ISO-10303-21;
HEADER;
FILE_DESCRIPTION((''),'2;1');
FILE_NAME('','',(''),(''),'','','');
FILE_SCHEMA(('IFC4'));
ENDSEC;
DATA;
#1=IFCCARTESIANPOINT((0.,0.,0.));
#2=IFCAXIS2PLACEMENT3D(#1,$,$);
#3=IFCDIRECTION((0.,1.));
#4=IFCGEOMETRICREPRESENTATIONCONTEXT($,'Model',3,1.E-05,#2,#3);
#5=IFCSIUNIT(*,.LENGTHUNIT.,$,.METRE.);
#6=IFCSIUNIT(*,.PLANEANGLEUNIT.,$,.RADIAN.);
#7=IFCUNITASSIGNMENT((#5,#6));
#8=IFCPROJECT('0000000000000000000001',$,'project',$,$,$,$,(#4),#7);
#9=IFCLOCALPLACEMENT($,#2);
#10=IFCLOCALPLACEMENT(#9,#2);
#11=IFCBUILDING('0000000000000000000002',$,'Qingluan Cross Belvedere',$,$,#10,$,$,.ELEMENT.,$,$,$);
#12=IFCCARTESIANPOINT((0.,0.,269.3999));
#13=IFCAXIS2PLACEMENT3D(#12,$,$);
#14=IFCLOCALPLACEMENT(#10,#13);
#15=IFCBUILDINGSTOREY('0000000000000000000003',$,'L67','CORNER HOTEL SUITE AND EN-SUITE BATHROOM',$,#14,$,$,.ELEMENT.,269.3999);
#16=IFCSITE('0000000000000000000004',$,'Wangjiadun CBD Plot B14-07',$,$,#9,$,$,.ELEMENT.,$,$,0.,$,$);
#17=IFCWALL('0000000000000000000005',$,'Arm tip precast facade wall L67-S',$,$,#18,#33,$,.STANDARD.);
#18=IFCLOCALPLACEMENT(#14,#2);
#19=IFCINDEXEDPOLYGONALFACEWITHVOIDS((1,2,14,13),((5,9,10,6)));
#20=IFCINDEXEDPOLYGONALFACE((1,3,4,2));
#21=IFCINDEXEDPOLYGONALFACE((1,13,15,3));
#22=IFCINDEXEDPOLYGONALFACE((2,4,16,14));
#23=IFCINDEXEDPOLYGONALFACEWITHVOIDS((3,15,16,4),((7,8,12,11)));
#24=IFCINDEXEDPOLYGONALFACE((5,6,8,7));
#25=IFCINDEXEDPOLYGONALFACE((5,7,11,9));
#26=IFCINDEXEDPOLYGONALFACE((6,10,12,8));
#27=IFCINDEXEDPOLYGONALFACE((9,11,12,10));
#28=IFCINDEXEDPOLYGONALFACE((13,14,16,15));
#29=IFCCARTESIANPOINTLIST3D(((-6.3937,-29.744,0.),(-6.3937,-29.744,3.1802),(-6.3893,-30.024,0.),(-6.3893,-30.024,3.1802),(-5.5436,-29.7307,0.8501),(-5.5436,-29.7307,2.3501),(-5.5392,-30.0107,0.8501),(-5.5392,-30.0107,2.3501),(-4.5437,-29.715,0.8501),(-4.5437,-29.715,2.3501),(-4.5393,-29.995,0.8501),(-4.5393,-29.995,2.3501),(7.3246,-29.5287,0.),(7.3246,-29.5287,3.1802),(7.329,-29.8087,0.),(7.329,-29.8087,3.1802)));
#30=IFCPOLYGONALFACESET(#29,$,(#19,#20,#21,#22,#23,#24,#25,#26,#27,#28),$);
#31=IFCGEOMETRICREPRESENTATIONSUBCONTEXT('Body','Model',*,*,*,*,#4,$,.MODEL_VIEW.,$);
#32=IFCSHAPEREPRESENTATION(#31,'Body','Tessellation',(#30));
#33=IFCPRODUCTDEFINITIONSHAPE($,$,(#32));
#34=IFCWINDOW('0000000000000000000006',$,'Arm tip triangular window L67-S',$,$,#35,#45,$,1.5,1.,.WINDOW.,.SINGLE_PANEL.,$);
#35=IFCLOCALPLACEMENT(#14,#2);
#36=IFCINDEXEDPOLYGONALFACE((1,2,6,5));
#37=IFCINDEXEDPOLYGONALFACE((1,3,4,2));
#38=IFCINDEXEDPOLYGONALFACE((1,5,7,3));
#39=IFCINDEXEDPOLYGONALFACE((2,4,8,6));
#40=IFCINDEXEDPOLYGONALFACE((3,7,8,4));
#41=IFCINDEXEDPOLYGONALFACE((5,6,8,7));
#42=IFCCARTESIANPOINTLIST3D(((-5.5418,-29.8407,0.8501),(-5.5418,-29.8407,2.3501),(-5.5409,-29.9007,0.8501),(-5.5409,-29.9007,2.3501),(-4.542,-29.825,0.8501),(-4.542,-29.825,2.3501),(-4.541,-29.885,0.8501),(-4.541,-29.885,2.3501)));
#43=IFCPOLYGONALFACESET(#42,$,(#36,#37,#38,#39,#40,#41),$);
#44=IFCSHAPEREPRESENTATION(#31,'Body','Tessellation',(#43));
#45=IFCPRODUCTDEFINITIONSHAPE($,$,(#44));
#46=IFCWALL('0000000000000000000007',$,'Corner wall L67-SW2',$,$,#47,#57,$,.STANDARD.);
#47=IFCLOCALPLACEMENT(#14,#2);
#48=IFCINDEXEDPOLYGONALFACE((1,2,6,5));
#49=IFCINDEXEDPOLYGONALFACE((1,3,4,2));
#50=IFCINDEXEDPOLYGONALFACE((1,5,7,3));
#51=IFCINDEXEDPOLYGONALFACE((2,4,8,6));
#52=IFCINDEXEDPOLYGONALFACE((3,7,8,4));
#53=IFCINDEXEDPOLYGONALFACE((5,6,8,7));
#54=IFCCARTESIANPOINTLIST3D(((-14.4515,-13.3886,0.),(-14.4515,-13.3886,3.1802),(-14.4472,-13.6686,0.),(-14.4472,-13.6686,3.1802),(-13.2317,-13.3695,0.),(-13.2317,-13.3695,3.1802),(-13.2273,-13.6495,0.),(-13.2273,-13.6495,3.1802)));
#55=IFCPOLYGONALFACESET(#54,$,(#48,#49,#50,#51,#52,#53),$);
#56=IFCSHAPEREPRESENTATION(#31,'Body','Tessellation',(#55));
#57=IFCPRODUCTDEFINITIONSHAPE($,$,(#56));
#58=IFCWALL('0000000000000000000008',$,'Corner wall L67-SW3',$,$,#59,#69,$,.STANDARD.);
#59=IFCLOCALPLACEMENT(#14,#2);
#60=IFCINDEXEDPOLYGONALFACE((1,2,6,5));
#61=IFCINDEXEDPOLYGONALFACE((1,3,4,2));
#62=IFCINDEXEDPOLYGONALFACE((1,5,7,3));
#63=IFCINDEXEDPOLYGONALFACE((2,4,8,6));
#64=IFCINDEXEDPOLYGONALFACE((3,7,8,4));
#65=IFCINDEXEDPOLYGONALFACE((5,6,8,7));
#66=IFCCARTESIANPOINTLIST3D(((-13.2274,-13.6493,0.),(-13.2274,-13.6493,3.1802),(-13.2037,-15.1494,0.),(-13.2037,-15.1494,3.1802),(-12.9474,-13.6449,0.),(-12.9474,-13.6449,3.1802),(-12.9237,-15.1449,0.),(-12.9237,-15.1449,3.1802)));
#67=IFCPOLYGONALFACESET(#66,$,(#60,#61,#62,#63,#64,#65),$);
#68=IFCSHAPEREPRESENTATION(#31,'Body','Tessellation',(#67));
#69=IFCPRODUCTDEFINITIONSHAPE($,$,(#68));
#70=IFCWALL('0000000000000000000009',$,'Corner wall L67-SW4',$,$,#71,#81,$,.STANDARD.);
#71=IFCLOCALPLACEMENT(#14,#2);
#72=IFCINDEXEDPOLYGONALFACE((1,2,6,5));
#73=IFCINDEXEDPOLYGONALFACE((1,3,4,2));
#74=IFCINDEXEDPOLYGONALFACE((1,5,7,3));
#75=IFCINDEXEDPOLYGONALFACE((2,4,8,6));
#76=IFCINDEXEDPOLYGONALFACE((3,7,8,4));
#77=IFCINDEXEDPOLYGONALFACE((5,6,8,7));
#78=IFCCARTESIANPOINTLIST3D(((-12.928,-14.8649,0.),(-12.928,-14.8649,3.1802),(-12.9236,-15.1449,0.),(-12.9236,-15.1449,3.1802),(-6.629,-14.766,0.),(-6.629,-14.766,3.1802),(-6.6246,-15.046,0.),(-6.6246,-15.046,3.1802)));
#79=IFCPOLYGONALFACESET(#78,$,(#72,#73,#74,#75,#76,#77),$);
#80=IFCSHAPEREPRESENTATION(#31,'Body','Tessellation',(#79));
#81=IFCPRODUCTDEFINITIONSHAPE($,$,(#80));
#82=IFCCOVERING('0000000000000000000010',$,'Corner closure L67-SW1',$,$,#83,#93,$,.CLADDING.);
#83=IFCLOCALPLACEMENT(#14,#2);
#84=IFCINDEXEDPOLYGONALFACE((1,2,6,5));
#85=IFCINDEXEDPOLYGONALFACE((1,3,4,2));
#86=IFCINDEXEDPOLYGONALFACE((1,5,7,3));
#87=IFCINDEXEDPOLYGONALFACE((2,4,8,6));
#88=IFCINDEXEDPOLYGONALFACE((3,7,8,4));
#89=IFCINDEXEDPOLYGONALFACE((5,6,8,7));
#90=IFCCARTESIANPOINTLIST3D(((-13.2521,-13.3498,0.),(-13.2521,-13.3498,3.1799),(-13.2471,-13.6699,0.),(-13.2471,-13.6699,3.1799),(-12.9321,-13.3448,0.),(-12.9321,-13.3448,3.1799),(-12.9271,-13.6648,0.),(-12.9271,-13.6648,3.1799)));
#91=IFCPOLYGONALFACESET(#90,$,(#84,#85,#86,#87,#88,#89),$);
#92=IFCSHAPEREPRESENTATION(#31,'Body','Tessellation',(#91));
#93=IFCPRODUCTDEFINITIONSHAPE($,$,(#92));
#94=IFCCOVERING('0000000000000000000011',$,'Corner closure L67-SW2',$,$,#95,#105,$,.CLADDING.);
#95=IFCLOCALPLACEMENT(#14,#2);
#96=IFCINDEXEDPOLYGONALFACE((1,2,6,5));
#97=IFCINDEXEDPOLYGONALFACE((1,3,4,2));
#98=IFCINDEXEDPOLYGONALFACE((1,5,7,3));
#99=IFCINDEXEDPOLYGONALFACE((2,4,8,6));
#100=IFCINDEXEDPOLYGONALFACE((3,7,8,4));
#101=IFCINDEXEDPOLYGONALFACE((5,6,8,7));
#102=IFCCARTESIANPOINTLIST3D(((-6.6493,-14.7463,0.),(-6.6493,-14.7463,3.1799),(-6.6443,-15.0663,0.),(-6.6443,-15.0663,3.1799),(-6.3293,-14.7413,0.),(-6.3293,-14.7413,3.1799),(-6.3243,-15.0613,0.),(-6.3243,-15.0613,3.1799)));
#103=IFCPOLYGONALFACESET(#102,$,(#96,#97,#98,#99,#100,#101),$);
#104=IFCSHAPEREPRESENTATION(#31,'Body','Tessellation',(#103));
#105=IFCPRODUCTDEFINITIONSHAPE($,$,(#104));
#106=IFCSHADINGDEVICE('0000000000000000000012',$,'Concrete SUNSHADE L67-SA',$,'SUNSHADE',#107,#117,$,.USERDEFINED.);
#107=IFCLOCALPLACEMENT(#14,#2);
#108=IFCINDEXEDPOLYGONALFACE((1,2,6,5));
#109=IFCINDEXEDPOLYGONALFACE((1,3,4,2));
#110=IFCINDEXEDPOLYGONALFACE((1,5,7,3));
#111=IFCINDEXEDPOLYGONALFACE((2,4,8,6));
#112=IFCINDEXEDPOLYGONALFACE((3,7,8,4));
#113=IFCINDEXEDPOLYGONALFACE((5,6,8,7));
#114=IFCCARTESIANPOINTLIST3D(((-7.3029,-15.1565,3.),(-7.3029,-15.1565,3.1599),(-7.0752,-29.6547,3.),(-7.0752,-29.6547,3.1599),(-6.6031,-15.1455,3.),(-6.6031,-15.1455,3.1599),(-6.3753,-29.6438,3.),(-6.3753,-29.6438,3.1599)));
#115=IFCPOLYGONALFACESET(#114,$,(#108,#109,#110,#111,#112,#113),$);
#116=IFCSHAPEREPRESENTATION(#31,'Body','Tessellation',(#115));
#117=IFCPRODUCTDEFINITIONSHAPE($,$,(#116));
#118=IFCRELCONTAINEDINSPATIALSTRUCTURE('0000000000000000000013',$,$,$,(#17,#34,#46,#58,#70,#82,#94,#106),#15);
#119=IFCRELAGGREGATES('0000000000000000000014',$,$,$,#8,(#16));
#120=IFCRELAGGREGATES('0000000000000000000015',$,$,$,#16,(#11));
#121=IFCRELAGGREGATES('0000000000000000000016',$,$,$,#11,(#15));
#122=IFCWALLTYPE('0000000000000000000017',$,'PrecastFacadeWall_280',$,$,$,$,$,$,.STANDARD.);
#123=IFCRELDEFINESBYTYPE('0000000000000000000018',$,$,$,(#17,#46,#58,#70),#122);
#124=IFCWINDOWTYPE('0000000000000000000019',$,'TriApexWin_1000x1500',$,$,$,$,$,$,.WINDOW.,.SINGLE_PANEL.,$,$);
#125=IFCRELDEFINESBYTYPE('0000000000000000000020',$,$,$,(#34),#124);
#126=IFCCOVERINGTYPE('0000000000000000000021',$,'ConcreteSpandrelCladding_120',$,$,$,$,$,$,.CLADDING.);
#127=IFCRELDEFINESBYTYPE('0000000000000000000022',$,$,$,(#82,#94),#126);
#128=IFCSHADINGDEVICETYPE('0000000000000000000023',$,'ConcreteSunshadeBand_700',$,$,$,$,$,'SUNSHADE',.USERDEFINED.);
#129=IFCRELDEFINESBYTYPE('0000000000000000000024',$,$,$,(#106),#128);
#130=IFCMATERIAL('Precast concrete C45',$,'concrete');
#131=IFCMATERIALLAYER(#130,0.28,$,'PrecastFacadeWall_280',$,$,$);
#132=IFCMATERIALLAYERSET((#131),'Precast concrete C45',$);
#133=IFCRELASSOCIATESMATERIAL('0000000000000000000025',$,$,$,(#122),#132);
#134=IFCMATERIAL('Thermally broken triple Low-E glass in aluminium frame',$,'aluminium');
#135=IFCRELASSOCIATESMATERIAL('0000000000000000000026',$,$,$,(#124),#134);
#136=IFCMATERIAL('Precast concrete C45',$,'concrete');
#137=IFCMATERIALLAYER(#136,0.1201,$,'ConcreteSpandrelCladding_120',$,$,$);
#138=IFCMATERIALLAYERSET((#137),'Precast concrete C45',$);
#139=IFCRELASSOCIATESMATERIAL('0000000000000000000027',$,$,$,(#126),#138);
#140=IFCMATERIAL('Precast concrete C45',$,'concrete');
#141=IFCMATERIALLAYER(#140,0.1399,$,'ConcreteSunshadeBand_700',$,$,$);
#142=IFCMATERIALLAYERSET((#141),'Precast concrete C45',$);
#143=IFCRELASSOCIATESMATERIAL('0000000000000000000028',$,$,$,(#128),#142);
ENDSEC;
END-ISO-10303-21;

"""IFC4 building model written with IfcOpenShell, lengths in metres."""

from ifc_helpers import new_model, si_unit, direction, frame, frame_2d, origin, origin_2d, place, context, subcontext, project, spatial, rectangle, extrude, material, layer, layer_set, type_object, element, fill, save


model = new_model("IFC4")

# Units and contexts
model_context = context("Model", 3, precision=1e-05, world=origin(), true_north=direction((0.0, 1.0)))
body_context = subcontext(model_context, "Body", "Model", "MODEL_VIEW")
ifc_project = project(units=[si_unit("LENGTHUNIT", "METRE"), si_unit("PLANEANGLEUNIT", "RADIAN")], contexts=[model_context])

# Site, building, storey
site_placement = place(None, origin())
site = spatial("IfcSite", under=ifc_project, at=site_placement, Name="Wangjiadun CBD Plot B14-07", CompositionType="ELEMENT", RefElevation=0.0)
building_placement = place(site_placement, origin())
building = spatial("IfcBuilding", under=site, at=building_placement, Name="Qingluan Cross Belvedere", CompositionType="ELEMENT")
storey_placement = place(building_placement, frame((0.0, 0.0, 269.3999)))
storey = spatial("IfcBuildingStorey", under=building, at=storey_placement, Name="L67", Description="CORNER HOTEL SUITE AND EN-SUITE BATHROOM", CompositionType="ELEMENT", Elevation=269.3999)

# Shared definitions
ifc_material_1 = material(Name="Precast concrete C45", Category="concrete")
ifc_layer_1 = layer(ifc_material_1, 0.28, Name="PrecastFacadeWall_280")
ifc_layer_set_1 = layer_set([ifc_layer_1], Name="Precast concrete C45")
wall_type_1 = type_object("IfcWallType", Name="PrecastFacadeWall_280", PredefinedType="STANDARD", material=ifc_layer_set_1)

# Wall, opening, window
wall_1_placement = place(storey_placement, frame((-6.3914, -29.884, 0.0), z_axis=(0.0, 0.0, 1.0), x_axis=(0.999877, 0.015695, 0.0)))
wall_1 = element("IfcWall", 1, at=wall_1_placement, inside=storey, type_object=wall_type_1, Name="Arm tip precast facade wall L67-S", PredefinedType="STANDARD", context=body_context, shape_type="SweptSolid", body=[
    extrude(rectangle(XDim=13.72, YDim=0.28, at=frame_2d((6.8599, 0.0))), origin(), (0.0, 0.0, 1.0), 3.1802),
])
opening_1_placement = place(wall_1_placement, frame((0.8501, 0.0, 0.8501)))
opening_1 = element("IfcOpeningElement", 2, at=opening_1_placement, cuts=wall_1, PredefinedType="OPENING", context=body_context, shape_type="SweptSolid", body=[
    extrude(rectangle(XDim=1.0, YDim=1.5, at=frame_2d((0.5, 0.75))), frame((0.0, 0.1499, 0.0), z_axis=(0.0, -1.0, 0.0), x_axis=(1.0, 0.0, 0.0)), (0.0, 0.0, 1.0), 0.3),
])
ifc_material_2 = material(Name="Thermally broken triple Low-E glass in aluminium frame", Category="aluminium")
window_type_1 = type_object("IfcWindowType", Name="TriApexWin_1000x1500", PartitioningType="SINGLE_PANEL", PredefinedType="WINDOW", material=ifc_material_2)
window_1_placement = place(opening_1_placement, origin())
window_1 = element("IfcWindow", 3, at=window_1_placement, inside=storey, type_object=window_type_1, Name="Arm tip triangular window L67-S", OverallHeight=1.5, OverallWidth=1.0, PartitioningType="SINGLE_PANEL", PredefinedType="WINDOW", context=body_context, shape_type="SweptSolid", body=[
    extrude(rectangle(XDim=1.0, YDim=1.5, at=frame_2d((0.5, 0.75))), frame((0.0, 0.03, 0.0), z_axis=(0.0, -1.0, 0.0), x_axis=(1.0, 0.0, 0.0)), (0.0, 0.0, 1.0), 0.0601),
])
fill(opening_1, window_1)

# Walls
wall_2_placement = place(storey_placement, frame((-14.4492, -13.5286, 0.0), z_axis=(0.0, 0.0, 1.0), x_axis=(0.999878, 0.015611, 0.0)))
element("IfcWall", 4, at=wall_2_placement, inside=storey, type_object=wall_type_1, Name="Corner wall L67-SW2", PredefinedType="STANDARD", context=body_context, shape_type="SweptSolid", body=[
    extrude(rectangle(XDim=1.22, YDim=0.28, at=frame_2d((0.6099, 0.0))), origin(), (0.0, 0.0, 1.0), 3.1802),
])
wall_3_placement = place(storey_placement, frame((-13.0874, -13.6472, 0.0), z_axis=(0.0, 0.0, 1.0), x_axis=(0.015786, -0.999875, 0.0)))
element("IfcWall", 5, at=wall_3_placement, inside=storey, type_object=wall_type_1, Name="Corner wall L67-SW3", PredefinedType="STANDARD", context=body_context, shape_type="SweptSolid", body=[
    extrude(rectangle(XDim=1.5002, YDim=0.28, at=frame_2d((0.75, 0.0))), origin(), (0.0, 0.0, 1.0), 3.1802),
])
wall_4_placement = place(storey_placement, frame((-12.9258, -15.0049, 0.0), z_axis=(0.0, 0.0, 1.0), x_axis=(0.999877, 0.015695, 0.0)))
element("IfcWall", 6, at=wall_4_placement, inside=storey, type_object=wall_type_1, Name="Corner wall L67-SW4", PredefinedType="STANDARD", context=body_context, shape_type="SweptSolid", body=[
    extrude(rectangle(XDim=6.2998, YDim=0.28, at=frame_2d((3.1499, 0.0))), origin(), (0.0, 0.0, 1.0), 3.1802),
])

# Coverings
ifc_material_3 = material(Name="Precast concrete C45", Category="concrete")
ifc_layer_2 = layer(ifc_material_3, 0.1201, Name="ConcreteSpandrelCladding_120")
ifc_layer_set_2 = layer_set([ifc_layer_2], Name="Precast concrete C45")
covering_type = type_object("IfcCoveringType", Name="ConcreteSpandrelCladding_120", PredefinedType="CLADDING", material=ifc_layer_set_2)
for number, where, z_axis, x_axis, name in (
    (7, (-13.0896, -13.5073, 0.0), (0.0, 0.0, 1.0), (0.999877, 0.015707, 0.0), "Corner closure L67-SW1"),
    (8, (-6.4868, -14.9038, 0.0), (0.0, 0.0, 1.0), (0.999877, 0.015707, 0.0), "Corner closure L67-SW2"),
):
    element("IfcCovering", number, at=place(storey_placement, frame(where, z_axis=z_axis, x_axis=x_axis)), inside=storey, type_object=covering_type, Name=name, PredefinedType="CLADDING", context=body_context, shape_type="SweptSolid", body=[
        extrude(rectangle(XDim=0.3201, YDim=0.3201, at=origin_2d()), origin(), (0.0, 0.0, 1.0), 3.1799),
    ])

# Shading device
ifc_material_4 = material(Name="Precast concrete C45", Category="concrete")
ifc_layer_3 = layer(ifc_material_4, 0.1399, Name="ConcreteSunshadeBand_700")
ifc_layer_set_3 = layer_set([ifc_layer_3], Name="Precast concrete C45")
shading_device_type = type_object("IfcShadingDeviceType", Name="ConcreteSunshadeBand_700", ElementType="SUNSHADE", PredefinedType="USERDEFINED", material=ifc_layer_set_3)
shading_device_placement = place(storey_placement, frame((-6.8391, -22.4001, 3.0), z_axis=(0.0, 0.0, 1.0), x_axis=(0.015707, -0.999877, 0.0)))
element("IfcShadingDevice", 9, at=shading_device_placement, inside=storey, type_object=shading_device_type, Name="Concrete SUNSHADE L67-SA", ObjectType="SUNSHADE", PredefinedType="USERDEFINED", context=body_context, shape_type="SweptSolid", body=[
    extrude(rectangle(XDim=14.5, YDim=0.7, at=origin_2d()), origin(), (0.0, 0.0, 1.0), 0.1599),
])

save(model, "model.ifc")
